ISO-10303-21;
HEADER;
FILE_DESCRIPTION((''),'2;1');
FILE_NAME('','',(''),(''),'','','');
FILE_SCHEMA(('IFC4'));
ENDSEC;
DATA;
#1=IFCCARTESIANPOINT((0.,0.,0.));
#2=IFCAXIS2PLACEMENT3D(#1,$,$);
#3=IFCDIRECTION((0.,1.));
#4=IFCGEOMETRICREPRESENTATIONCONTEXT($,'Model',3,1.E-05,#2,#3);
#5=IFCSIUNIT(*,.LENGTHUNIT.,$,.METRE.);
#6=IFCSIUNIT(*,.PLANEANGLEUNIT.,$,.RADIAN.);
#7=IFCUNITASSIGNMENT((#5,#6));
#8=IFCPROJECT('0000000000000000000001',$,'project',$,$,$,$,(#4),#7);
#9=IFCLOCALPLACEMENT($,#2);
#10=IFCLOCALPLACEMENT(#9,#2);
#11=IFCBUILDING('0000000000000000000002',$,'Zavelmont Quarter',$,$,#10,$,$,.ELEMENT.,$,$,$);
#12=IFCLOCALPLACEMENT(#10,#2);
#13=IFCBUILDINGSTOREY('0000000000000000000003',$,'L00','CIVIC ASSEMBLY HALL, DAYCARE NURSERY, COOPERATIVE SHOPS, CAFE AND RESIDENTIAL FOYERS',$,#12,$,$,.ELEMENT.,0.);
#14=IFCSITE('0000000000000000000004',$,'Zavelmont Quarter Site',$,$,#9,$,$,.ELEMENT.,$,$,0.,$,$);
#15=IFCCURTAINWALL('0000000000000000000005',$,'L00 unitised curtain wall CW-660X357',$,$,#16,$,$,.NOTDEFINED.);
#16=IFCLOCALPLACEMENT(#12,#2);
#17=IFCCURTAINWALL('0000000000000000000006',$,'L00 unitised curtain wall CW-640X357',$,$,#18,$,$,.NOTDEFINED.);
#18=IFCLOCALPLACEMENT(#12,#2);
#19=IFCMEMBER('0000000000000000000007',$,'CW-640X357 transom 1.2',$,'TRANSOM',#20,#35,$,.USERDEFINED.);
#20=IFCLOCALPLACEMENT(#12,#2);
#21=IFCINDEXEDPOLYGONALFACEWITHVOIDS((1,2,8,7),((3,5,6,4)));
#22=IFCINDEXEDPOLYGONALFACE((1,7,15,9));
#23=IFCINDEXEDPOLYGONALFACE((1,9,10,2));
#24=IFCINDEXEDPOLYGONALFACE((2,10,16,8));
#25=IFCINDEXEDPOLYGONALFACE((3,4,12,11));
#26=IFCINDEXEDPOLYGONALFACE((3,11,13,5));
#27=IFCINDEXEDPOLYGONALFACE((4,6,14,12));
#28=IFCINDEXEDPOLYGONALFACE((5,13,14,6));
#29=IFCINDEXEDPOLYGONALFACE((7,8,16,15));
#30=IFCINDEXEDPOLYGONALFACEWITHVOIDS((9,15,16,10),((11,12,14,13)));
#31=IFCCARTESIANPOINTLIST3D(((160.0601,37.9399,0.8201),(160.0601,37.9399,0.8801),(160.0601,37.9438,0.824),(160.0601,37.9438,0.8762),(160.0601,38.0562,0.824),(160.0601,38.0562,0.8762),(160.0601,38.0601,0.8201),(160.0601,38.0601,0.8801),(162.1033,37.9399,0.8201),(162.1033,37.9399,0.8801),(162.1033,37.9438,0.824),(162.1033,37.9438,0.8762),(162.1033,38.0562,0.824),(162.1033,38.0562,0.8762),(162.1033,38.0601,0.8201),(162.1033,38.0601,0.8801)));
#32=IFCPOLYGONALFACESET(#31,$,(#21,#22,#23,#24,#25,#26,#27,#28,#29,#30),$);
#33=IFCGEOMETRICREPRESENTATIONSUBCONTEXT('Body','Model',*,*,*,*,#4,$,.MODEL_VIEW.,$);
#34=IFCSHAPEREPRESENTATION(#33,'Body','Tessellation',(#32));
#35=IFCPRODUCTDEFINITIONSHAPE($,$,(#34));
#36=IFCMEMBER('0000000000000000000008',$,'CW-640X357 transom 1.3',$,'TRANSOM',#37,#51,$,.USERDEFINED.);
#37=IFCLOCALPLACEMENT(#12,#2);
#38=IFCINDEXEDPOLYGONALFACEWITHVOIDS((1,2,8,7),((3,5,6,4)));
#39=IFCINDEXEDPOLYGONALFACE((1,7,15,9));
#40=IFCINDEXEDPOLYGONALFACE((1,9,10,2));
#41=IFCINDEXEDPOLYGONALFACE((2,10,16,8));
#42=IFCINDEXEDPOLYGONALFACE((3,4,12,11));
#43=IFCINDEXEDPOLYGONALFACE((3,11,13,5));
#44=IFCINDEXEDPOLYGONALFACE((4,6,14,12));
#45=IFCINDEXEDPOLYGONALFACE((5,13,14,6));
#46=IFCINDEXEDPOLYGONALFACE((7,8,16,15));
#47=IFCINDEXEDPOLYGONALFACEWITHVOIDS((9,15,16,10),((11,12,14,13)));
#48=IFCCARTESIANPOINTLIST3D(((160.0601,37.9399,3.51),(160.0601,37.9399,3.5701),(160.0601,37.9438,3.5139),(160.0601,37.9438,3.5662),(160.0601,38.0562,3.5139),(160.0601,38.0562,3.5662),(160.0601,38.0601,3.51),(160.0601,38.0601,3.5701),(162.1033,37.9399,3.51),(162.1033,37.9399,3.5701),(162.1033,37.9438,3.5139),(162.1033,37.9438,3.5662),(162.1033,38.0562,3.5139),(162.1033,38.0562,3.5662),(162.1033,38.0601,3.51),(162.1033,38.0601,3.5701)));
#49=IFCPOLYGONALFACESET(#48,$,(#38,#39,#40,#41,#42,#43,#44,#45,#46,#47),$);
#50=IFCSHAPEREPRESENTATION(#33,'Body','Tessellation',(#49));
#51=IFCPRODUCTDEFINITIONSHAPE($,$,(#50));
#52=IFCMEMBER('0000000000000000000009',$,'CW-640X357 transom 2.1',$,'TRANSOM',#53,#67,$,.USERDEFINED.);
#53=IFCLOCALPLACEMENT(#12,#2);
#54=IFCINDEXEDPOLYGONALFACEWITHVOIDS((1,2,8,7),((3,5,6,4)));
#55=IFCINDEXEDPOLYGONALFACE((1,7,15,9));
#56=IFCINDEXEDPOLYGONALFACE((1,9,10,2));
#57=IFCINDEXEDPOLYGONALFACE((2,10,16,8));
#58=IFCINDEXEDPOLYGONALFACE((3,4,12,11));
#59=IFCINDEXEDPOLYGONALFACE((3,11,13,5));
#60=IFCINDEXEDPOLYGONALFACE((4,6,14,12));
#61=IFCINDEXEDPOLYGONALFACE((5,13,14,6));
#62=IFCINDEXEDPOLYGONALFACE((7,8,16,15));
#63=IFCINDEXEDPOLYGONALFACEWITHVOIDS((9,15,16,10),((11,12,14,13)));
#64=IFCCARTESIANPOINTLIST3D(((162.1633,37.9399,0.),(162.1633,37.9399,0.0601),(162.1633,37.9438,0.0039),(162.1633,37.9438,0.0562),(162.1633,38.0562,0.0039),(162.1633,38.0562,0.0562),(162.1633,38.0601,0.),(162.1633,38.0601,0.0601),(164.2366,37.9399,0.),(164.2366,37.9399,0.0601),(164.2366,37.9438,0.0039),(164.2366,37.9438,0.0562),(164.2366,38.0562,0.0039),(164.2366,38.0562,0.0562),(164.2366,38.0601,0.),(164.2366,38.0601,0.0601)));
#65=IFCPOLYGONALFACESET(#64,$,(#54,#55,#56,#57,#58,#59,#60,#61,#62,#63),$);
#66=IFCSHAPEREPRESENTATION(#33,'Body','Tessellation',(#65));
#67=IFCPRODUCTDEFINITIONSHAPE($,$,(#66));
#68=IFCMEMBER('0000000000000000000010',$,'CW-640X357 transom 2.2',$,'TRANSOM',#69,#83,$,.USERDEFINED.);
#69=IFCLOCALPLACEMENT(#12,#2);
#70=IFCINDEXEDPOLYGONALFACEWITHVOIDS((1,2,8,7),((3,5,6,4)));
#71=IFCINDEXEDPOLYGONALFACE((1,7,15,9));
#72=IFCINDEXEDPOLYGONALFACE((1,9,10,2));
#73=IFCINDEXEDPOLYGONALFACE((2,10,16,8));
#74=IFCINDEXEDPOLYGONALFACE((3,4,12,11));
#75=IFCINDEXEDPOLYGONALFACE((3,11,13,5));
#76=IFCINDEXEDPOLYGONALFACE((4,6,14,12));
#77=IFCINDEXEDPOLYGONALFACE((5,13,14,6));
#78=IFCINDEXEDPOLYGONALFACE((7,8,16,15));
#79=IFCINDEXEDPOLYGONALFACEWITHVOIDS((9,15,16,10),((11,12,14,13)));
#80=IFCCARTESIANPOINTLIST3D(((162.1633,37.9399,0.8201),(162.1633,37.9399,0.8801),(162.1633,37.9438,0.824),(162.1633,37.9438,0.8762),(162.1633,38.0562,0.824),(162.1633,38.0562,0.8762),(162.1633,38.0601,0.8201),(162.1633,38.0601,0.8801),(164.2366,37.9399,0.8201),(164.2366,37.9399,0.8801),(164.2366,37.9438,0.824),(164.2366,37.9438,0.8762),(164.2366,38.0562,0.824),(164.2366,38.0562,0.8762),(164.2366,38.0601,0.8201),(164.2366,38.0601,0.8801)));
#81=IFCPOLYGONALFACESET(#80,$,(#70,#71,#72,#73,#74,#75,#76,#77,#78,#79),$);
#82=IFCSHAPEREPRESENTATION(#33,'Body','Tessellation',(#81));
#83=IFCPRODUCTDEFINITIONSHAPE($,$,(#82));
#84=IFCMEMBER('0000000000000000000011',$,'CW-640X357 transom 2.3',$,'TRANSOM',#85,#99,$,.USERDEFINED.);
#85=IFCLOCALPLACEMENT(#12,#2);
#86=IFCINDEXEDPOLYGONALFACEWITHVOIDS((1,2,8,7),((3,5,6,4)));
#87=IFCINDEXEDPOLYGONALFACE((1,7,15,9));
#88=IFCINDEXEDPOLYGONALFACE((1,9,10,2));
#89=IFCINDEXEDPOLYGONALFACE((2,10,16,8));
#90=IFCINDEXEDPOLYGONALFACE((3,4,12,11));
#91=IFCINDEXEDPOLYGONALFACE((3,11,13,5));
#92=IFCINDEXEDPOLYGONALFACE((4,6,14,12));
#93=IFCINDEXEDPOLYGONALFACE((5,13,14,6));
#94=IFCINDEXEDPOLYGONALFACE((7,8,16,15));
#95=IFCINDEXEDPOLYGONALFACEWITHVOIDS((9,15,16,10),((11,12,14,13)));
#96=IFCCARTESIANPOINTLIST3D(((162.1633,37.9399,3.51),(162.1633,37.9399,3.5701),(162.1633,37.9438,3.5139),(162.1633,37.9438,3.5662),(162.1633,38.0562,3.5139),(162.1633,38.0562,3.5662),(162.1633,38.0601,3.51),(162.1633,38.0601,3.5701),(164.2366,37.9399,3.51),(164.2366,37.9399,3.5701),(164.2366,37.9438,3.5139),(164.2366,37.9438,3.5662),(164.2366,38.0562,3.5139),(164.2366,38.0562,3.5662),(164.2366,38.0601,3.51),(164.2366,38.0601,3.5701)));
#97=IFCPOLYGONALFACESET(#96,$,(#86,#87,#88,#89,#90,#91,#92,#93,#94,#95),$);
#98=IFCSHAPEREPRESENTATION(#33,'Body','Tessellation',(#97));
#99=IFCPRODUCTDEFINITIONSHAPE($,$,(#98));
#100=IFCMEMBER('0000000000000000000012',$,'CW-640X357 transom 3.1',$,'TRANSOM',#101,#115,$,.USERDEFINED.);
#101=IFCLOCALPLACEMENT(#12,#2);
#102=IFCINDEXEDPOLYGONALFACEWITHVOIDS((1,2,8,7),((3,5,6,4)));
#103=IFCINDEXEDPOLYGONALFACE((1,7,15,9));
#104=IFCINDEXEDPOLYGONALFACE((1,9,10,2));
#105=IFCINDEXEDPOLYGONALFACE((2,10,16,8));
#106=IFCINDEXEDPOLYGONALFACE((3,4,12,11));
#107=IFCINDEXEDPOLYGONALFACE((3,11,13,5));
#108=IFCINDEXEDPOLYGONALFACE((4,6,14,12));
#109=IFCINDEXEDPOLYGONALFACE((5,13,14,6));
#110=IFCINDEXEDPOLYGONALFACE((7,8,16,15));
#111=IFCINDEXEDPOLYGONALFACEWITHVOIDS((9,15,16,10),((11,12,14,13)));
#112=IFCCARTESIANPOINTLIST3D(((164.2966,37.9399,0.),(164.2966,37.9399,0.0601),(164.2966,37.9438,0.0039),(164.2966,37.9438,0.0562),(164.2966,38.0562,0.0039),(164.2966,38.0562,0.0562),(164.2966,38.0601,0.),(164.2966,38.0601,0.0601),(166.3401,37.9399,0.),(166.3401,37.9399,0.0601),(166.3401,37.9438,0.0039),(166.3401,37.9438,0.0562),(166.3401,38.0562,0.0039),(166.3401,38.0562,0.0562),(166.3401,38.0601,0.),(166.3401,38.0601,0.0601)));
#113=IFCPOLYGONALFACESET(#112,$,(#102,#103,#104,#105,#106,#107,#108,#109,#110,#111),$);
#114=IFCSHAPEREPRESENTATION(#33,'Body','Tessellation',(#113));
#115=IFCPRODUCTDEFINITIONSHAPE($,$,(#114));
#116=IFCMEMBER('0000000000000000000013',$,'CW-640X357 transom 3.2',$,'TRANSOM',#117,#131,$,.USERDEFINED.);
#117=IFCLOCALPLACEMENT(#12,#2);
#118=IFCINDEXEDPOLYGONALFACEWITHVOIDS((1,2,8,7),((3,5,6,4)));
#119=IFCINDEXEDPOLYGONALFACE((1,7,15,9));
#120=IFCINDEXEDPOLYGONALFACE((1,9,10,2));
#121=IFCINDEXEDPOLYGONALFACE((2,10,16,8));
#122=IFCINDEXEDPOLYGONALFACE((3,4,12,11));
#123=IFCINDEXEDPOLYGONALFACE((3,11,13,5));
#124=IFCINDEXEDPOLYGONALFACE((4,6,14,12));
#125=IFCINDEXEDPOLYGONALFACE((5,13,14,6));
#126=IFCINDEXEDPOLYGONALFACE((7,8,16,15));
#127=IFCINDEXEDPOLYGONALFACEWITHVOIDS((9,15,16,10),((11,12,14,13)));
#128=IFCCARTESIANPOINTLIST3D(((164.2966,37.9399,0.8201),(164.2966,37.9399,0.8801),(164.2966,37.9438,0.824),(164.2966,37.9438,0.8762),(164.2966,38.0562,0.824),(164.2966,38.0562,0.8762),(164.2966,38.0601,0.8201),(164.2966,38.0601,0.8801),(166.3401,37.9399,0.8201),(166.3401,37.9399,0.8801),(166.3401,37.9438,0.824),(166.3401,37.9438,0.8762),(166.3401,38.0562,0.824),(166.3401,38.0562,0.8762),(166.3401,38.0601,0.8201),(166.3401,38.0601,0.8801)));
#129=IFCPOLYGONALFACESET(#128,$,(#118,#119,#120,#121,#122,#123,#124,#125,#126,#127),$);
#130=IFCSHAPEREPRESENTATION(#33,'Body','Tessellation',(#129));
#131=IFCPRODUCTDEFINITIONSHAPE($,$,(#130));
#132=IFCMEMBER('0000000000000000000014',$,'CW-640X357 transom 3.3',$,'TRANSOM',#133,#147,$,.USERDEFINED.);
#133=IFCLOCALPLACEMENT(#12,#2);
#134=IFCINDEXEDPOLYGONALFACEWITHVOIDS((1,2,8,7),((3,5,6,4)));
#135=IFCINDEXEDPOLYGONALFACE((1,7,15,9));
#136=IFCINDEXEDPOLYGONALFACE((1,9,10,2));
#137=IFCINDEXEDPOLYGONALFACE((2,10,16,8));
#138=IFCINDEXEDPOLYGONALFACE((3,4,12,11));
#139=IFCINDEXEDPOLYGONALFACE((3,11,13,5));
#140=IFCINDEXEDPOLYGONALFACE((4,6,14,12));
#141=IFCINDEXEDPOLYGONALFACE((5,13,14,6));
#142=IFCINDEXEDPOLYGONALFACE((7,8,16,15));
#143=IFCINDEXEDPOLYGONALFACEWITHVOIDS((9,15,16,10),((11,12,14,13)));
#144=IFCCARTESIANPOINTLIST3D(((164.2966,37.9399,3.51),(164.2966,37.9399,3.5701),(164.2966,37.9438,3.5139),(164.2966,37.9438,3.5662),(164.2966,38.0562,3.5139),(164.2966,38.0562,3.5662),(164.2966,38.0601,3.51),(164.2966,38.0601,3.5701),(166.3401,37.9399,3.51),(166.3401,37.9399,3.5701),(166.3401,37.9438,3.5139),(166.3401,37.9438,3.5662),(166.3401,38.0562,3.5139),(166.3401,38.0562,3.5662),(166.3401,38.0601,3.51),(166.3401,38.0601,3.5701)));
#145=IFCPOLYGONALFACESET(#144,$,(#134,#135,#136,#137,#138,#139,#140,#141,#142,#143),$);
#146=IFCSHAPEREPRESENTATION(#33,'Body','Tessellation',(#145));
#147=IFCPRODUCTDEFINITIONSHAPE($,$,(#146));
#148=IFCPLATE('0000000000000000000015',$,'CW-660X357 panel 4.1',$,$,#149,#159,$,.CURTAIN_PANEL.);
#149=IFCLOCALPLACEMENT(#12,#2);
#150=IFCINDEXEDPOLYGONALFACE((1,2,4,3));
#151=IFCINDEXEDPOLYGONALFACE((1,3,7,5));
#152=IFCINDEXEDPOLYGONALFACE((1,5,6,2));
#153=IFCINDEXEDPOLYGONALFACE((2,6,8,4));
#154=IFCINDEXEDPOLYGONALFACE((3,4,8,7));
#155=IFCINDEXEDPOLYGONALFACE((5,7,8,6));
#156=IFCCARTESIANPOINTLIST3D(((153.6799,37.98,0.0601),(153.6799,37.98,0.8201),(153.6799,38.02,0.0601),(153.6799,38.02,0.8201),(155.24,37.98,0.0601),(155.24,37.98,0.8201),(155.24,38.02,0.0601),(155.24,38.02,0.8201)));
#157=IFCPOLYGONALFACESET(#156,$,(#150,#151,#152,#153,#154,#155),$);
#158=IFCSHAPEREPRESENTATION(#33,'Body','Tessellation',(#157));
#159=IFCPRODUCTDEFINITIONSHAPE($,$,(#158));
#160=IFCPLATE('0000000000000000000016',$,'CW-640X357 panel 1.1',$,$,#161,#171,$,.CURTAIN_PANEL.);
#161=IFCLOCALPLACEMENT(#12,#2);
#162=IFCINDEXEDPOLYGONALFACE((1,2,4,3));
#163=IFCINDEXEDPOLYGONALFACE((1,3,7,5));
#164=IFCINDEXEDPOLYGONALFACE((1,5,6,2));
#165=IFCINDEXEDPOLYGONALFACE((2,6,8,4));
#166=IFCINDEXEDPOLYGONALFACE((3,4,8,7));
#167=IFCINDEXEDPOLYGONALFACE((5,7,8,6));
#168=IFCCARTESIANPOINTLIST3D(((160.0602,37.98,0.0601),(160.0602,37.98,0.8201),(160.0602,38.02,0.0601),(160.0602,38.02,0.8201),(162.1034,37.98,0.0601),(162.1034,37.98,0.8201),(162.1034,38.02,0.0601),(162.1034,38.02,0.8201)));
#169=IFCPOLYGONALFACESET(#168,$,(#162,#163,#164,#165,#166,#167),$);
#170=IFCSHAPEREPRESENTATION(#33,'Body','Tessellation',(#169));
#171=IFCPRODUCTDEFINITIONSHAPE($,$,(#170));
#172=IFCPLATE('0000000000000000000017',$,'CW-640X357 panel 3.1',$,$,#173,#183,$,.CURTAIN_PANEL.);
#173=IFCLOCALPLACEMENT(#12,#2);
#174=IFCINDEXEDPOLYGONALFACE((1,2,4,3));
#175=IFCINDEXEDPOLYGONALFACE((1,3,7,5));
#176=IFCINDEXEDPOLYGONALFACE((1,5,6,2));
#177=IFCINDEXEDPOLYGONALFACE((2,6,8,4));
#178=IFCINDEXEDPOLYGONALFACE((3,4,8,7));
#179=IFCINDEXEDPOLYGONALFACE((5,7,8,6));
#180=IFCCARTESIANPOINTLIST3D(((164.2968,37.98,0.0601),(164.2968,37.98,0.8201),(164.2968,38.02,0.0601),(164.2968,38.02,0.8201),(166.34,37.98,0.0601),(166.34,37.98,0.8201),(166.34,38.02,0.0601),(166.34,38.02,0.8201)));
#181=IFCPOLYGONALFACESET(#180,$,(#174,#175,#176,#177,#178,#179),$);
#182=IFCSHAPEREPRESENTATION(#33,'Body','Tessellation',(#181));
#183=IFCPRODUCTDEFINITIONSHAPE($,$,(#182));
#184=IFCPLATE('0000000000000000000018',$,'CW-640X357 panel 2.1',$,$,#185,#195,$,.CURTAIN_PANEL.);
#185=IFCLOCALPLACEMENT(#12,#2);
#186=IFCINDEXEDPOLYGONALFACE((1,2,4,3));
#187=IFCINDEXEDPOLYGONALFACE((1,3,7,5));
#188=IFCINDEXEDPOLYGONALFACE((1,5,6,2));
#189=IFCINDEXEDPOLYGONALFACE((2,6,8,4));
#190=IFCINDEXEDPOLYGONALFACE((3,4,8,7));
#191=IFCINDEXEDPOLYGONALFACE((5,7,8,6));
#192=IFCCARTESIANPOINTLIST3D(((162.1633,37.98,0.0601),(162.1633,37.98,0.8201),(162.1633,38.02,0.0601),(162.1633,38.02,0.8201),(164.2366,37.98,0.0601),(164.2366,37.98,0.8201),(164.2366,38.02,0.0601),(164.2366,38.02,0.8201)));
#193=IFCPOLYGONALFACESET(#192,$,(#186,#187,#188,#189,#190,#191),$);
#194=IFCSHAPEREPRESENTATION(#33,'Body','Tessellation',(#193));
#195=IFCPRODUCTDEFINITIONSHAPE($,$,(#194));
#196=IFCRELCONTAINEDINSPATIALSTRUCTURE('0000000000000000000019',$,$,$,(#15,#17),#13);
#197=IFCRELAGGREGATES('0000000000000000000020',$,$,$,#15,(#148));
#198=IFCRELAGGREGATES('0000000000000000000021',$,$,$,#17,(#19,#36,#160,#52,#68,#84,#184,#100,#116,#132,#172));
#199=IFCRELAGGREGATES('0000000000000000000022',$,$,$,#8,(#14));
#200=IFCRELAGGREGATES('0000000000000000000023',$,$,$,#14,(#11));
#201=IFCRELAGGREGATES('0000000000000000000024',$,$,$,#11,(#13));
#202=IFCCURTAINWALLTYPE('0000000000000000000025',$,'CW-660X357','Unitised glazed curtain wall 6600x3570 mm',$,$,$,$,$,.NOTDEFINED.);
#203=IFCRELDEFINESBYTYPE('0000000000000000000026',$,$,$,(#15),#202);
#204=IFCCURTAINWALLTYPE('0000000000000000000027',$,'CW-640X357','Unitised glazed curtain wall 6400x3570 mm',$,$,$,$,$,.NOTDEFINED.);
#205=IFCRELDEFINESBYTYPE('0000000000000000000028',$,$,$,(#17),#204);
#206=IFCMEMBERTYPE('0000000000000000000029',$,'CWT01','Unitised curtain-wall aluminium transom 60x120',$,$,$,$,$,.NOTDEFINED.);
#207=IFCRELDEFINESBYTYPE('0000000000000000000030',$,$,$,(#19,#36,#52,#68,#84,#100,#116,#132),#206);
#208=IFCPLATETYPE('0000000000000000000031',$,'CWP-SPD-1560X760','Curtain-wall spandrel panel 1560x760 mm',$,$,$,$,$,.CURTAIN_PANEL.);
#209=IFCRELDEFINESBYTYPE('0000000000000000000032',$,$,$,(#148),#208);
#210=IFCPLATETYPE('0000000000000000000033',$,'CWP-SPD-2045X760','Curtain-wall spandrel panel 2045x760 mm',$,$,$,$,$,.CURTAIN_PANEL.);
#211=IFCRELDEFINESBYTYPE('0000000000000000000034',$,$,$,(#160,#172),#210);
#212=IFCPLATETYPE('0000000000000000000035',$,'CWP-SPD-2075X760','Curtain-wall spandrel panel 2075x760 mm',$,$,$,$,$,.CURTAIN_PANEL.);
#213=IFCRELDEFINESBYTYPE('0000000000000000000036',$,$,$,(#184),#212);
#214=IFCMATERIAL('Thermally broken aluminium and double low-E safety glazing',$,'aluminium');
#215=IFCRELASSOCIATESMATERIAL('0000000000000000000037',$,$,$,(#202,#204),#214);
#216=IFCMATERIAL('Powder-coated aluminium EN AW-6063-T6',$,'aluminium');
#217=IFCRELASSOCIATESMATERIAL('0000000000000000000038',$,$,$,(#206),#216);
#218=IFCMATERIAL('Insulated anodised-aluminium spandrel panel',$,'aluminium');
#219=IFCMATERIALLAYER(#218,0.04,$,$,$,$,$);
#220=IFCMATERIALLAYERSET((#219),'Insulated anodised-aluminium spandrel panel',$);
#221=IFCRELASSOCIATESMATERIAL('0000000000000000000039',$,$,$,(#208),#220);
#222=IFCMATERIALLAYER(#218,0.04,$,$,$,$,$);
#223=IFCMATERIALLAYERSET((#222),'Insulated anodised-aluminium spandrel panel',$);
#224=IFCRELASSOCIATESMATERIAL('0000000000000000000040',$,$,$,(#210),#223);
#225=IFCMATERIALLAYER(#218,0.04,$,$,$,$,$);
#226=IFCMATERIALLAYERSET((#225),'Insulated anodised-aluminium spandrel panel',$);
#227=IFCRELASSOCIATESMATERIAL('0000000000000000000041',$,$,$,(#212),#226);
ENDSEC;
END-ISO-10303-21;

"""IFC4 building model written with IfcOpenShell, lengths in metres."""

from ifc_helpers import new_model, si_unit, direction, frame, origin, origin_2d, place, context, subcontext, project, spatial, rectangle, hollow_rectangle, extrude, material, layer, layer_set, material_profile, profile_set, type_object, element, aggregate, save


model = new_model("IFC4")

# Units and contexts
model_context = context("Model", 3, precision=1e-05, world=origin(), true_north=direction((0.0, 1.0)))
body_context = subcontext(model_context, "Body", "Model", "MODEL_VIEW")
ifc_project = project(units=[si_unit("LENGTHUNIT", "METRE"), si_unit("PLANEANGLEUNIT", "RADIAN")], contexts=[model_context])

# Site, building, storey
site_placement = place(None, origin())
site = spatial("IfcSite", under=ifc_project, at=site_placement, Name="Zavelmont Quarter Site", CompositionType="ELEMENT", RefElevation=0.0)
building_placement = place(site_placement, origin())
building = spatial("IfcBuilding", under=site, at=building_placement, Name="Zavelmont Quarter", CompositionType="ELEMENT")
storey_placement = place(building_placement, origin())
storey = spatial("IfcBuildingStorey", under=building, at=storey_placement, Name="L00", Description="CIVIC ASSEMBLY HALL, DAYCARE NURSERY, COOPERATIVE SHOPS, CAFE AND RESIDENTIAL FOYERS", CompositionType="ELEMENT", Elevation=0.0)

# Curtain wall
ifc_material_1 = material(Name="Thermally broken aluminium and double low-E safety glazing", Category="aluminium")
ifc_material_2 = material(Name="Powder-coated aluminium EN AW-6063-T6", Category="aluminium")
curtain_wall_type_1 = type_object("IfcCurtainWallType", Name="CW-660X357", Description="Unitised glazed curtain wall 6600x3570 mm", PredefinedType="NOTDEFINED", material=ifc_material_1)
curtain_wall_1_placement = place(storey_placement, origin())
curtain_wall_1 = element("IfcCurtainWall", 1, at=curtain_wall_1_placement, inside=storey, type_object=curtain_wall_type_1, Name="L00 unitised curtain wall CW-660X357", PredefinedType="NOTDEFINED")

# Curtain wall
curtain_wall_type_2 = type_object("IfcCurtainWallType", Name="CW-640X357", Description="Unitised glazed curtain wall 6400x3570 mm", PredefinedType="NOTDEFINED", material=ifc_material_1)
curtain_wall_2_placement = place(storey_placement, origin())
curtain_wall_2 = element("IfcCurtainWall", 2, at=curtain_wall_2_placement, inside=storey, type_object=curtain_wall_type_2, Name="L00 unitised curtain wall CW-640X357", PredefinedType="NOTDEFINED")

# Members
ifc_material_profile_1 = material_profile(ifc_material_2, hollow_rectangle(XDim=0.1201, YDim=0.0601, WallThickness=0.0039, at=origin_2d()), Name="CWT60X120")
ifc_profile_set_1 = profile_set([ifc_material_profile_1], Name="Powder-coated aluminium EN AW-6063-T6")
member_type_1 = type_object("IfcMemberType", Name="CWT01", Description="Unitised curtain-wall aluminium transom 60x120", PredefinedType="NOTDEFINED", material=ifc_profile_set_1)
member_1_placement = place(storey_placement, frame((160.0601, 38.0, 0.8501), z_axis=(1.0, 0.0, 0.0), x_axis=(0.0, 1.0, 0.0)))
member_1 = element("IfcMember", 3, at=member_1_placement, type_object=member_type_1, Name="CW-640X357 transom 1.2", ObjectType="TRANSOM", PredefinedType="USERDEFINED", context=body_context, shape_type="SweptSolid", body=[
    extrude(hollow_rectangle(XDim=0.1201, YDim=0.0601, WallThickness=0.0039, at=origin_2d()), origin(), (0.0, 0.0, 1.0), 2.0432),
])
member_2_placement = place(storey_placement, frame((160.0601, 38.0, 3.54), z_axis=(1.0, 0.0, 0.0), x_axis=(0.0, 1.0, 0.0)))
member_2 = element("IfcMember", 4, at=member_2_placement, type_object=member_type_1, Name="CW-640X357 transom 1.3", ObjectType="TRANSOM", PredefinedType="USERDEFINED", context=body_context, shape_type="SweptSolid", body=[
    extrude(hollow_rectangle(XDim=0.1201, YDim=0.0601, WallThickness=0.0039, at=origin_2d()), origin(), (0.0, 0.0, 1.0), 2.0432),
])
member_3_placement = place(storey_placement, frame((162.1633, 38.0, 0.03), z_axis=(1.0, 0.0, 0.0), x_axis=(0.0, 1.0, 0.0)))
member_3 = element("IfcMember", 5, at=member_3_placement, type_object=member_type_1, Name="CW-640X357 transom 2.1", ObjectType="TRANSOM", PredefinedType="USERDEFINED", context=body_context, shape_type="SweptSolid", body=[
    extrude(hollow_rectangle(XDim=0.1201, YDim=0.0601, WallThickness=0.0039, at=origin_2d()), origin(), (0.0, 0.0, 1.0), 2.0732),
])
member_4_placement = place(storey_placement, frame((162.1633, 38.0, 0.8501), z_axis=(1.0, 0.0, 0.0), x_axis=(0.0, 1.0, 0.0)))
member_4 = element("IfcMember", 6, at=member_4_placement, type_object=member_type_1, Name="CW-640X357 transom 2.2", ObjectType="TRANSOM", PredefinedType="USERDEFINED", context=body_context, shape_type="SweptSolid", body=[
    extrude(hollow_rectangle(XDim=0.1201, YDim=0.0601, WallThickness=0.0039, at=origin_2d()), origin(), (0.0, 0.0, 1.0), 2.0732),
])
member_5_placement = place(storey_placement, frame((162.1633, 38.0, 3.54), z_axis=(1.0, 0.0, 0.0), x_axis=(0.0, 1.0, 0.0)))
member_5 = element("IfcMember", 7, at=member_5_placement, type_object=member_type_1, Name="CW-640X357 transom 2.3", ObjectType="TRANSOM", PredefinedType="USERDEFINED", context=body_context, shape_type="SweptSolid", body=[
    extrude(hollow_rectangle(XDim=0.1201, YDim=0.0601, WallThickness=0.0039, at=origin_2d()), origin(), (0.0, 0.0, 1.0), 2.0732),
])
member_6_placement = place(storey_placement, frame((164.2966, 38.0, 0.03), z_axis=(1.0, 0.0, 0.0), x_axis=(0.0, 1.0, 0.0)))
member_6 = element("IfcMember", 8, at=member_6_placement, type_object=member_type_1, Name="CW-640X357 transom 3.1", ObjectType="TRANSOM", PredefinedType="USERDEFINED", context=body_context, shape_type="SweptSolid", body=[
    extrude(hollow_rectangle(XDim=0.1201, YDim=0.0601, WallThickness=0.0039, at=origin_2d()), origin(), (0.0, 0.0, 1.0), 2.0435),
])
member_7_placement = place(storey_placement, frame((164.2966, 38.0, 0.8501), z_axis=(1.0, 0.0, 0.0), x_axis=(0.0, 1.0, 0.0)))
member_7 = element("IfcMember", 9, at=member_7_placement, type_object=member_type_1, Name="CW-640X357 transom 3.2", ObjectType="TRANSOM", PredefinedType="USERDEFINED", context=body_context, shape_type="SweptSolid", body=[
    extrude(hollow_rectangle(XDim=0.1201, YDim=0.0601, WallThickness=0.0039, at=origin_2d()), origin(), (0.0, 0.0, 1.0), 2.0435),
])
member_8_placement = place(storey_placement, frame((164.2966, 38.0, 3.54), z_axis=(1.0, 0.0, 0.0), x_axis=(0.0, 1.0, 0.0)))
member_8 = element("IfcMember", 10, at=member_8_placement, type_object=member_type_1, Name="CW-640X357 transom 3.3", ObjectType="TRANSOM", PredefinedType="USERDEFINED", context=body_context, shape_type="SweptSolid", body=[
    extrude(hollow_rectangle(XDim=0.1201, YDim=0.0601, WallThickness=0.0039, at=origin_2d()), origin(), (0.0, 0.0, 1.0), 2.0435),
])

# Plates
ifc_material_3 = material(Name="Insulated anodised-aluminium spandrel panel", Category="aluminium")
ifc_layer_1 = layer(ifc_material_3, 0.04)
ifc_layer_set_1 = layer_set([ifc_layer_1], Name="Insulated anodised-aluminium spandrel panel")
plate_type_1 = type_object("IfcPlateType", Name="CWP-SPD-1560X760", Description="Curtain-wall spandrel panel 1560x760 mm", PredefinedType="CURTAIN_PANEL", material=ifc_layer_set_1)
plate_1_placement = place(storey_placement, frame((154.46, 38.0, 0.0601), z_axis=(0.0, 0.0, 1.0), x_axis=(1.0, 0.0, 0.0)))
plate_1 = element("IfcPlate", 11, at=plate_1_placement, type_object=plate_type_1, Name="CW-660X357 panel 4.1", PredefinedType="CURTAIN_PANEL", context=body_context, shape_type="SweptSolid", body=[
    extrude(rectangle(XDim=1.5601, YDim=0.04, at=origin_2d()), origin(), (0.0, 0.0, 1.0), 0.76),
])
ifc_layer_2 = layer(ifc_material_3, 0.04)
ifc_layer_set_2 = layer_set([ifc_layer_2], Name="Insulated anodised-aluminium spandrel panel")
plate_type_2 = type_object("IfcPlateType", Name="CWP-SPD-2045X760", Description="Curtain-wall spandrel panel 2045x760 mm", PredefinedType="CURTAIN_PANEL", material=ifc_layer_set_2)
plate_2_placement = place(storey_placement, frame((161.0818, 38.0, 0.0601), z_axis=(0.0, 0.0, 1.0), x_axis=(1.0, 0.0, 0.0)))
plate_2 = element("IfcPlate", 12, at=plate_2_placement, type_object=plate_type_2, Name="CW-640X357 panel 1.1", PredefinedType="CURTAIN_PANEL", context=body_context, shape_type="SweptSolid", body=[
    extrude(rectangle(XDim=2.0432, YDim=0.04, at=origin_2d()), origin(), (0.0, 0.0, 1.0), 0.76),
])
plate_3_placement = place(storey_placement, frame((165.3184, 38.0, 0.0601), z_axis=(0.0, 0.0, 1.0), x_axis=(1.0, 0.0, 0.0)))
plate_3 = element("IfcPlate", 13, at=plate_3_placement, type_object=plate_type_2, Name="CW-640X357 panel 3.1", PredefinedType="CURTAIN_PANEL", context=body_context, shape_type="SweptSolid", body=[
    extrude(rectangle(XDim=2.0432, YDim=0.04, at=origin_2d()), origin(), (0.0, 0.0, 1.0), 0.76),
])
ifc_layer_3 = layer(ifc_material_3, 0.04)
ifc_layer_set_3 = layer_set([ifc_layer_3], Name="Insulated anodised-aluminium spandrel panel")
plate_type_3 = type_object("IfcPlateType", Name="CWP-SPD-2075X760", Description="Curtain-wall spandrel panel 2075x760 mm", PredefinedType="CURTAIN_PANEL", material=ifc_layer_set_3)
plate_4_placement = place(storey_placement, frame((163.2, 38.0, 0.0601), z_axis=(0.0, 0.0, 1.0), x_axis=(1.0, 0.0, 0.0)))
plate_4 = element("IfcPlate", 14, at=plate_4_placement, type_object=plate_type_3, Name="CW-640X357 panel 2.1", PredefinedType="CURTAIN_PANEL", context=body_context, shape_type="SweptSolid", body=[
    extrude(rectangle(XDim=2.0732, YDim=0.04, at=origin_2d()), origin(), (0.0, 0.0, 1.0), 0.76),
])
aggregate(curtain_wall_1, [plate_1])
aggregate(curtain_wall_2, [member_1, member_2, plate_2, member_3, member_4, member_5, plate_4, member_6, member_7, member_8, plate_3])

save(model, "model.ifc")
